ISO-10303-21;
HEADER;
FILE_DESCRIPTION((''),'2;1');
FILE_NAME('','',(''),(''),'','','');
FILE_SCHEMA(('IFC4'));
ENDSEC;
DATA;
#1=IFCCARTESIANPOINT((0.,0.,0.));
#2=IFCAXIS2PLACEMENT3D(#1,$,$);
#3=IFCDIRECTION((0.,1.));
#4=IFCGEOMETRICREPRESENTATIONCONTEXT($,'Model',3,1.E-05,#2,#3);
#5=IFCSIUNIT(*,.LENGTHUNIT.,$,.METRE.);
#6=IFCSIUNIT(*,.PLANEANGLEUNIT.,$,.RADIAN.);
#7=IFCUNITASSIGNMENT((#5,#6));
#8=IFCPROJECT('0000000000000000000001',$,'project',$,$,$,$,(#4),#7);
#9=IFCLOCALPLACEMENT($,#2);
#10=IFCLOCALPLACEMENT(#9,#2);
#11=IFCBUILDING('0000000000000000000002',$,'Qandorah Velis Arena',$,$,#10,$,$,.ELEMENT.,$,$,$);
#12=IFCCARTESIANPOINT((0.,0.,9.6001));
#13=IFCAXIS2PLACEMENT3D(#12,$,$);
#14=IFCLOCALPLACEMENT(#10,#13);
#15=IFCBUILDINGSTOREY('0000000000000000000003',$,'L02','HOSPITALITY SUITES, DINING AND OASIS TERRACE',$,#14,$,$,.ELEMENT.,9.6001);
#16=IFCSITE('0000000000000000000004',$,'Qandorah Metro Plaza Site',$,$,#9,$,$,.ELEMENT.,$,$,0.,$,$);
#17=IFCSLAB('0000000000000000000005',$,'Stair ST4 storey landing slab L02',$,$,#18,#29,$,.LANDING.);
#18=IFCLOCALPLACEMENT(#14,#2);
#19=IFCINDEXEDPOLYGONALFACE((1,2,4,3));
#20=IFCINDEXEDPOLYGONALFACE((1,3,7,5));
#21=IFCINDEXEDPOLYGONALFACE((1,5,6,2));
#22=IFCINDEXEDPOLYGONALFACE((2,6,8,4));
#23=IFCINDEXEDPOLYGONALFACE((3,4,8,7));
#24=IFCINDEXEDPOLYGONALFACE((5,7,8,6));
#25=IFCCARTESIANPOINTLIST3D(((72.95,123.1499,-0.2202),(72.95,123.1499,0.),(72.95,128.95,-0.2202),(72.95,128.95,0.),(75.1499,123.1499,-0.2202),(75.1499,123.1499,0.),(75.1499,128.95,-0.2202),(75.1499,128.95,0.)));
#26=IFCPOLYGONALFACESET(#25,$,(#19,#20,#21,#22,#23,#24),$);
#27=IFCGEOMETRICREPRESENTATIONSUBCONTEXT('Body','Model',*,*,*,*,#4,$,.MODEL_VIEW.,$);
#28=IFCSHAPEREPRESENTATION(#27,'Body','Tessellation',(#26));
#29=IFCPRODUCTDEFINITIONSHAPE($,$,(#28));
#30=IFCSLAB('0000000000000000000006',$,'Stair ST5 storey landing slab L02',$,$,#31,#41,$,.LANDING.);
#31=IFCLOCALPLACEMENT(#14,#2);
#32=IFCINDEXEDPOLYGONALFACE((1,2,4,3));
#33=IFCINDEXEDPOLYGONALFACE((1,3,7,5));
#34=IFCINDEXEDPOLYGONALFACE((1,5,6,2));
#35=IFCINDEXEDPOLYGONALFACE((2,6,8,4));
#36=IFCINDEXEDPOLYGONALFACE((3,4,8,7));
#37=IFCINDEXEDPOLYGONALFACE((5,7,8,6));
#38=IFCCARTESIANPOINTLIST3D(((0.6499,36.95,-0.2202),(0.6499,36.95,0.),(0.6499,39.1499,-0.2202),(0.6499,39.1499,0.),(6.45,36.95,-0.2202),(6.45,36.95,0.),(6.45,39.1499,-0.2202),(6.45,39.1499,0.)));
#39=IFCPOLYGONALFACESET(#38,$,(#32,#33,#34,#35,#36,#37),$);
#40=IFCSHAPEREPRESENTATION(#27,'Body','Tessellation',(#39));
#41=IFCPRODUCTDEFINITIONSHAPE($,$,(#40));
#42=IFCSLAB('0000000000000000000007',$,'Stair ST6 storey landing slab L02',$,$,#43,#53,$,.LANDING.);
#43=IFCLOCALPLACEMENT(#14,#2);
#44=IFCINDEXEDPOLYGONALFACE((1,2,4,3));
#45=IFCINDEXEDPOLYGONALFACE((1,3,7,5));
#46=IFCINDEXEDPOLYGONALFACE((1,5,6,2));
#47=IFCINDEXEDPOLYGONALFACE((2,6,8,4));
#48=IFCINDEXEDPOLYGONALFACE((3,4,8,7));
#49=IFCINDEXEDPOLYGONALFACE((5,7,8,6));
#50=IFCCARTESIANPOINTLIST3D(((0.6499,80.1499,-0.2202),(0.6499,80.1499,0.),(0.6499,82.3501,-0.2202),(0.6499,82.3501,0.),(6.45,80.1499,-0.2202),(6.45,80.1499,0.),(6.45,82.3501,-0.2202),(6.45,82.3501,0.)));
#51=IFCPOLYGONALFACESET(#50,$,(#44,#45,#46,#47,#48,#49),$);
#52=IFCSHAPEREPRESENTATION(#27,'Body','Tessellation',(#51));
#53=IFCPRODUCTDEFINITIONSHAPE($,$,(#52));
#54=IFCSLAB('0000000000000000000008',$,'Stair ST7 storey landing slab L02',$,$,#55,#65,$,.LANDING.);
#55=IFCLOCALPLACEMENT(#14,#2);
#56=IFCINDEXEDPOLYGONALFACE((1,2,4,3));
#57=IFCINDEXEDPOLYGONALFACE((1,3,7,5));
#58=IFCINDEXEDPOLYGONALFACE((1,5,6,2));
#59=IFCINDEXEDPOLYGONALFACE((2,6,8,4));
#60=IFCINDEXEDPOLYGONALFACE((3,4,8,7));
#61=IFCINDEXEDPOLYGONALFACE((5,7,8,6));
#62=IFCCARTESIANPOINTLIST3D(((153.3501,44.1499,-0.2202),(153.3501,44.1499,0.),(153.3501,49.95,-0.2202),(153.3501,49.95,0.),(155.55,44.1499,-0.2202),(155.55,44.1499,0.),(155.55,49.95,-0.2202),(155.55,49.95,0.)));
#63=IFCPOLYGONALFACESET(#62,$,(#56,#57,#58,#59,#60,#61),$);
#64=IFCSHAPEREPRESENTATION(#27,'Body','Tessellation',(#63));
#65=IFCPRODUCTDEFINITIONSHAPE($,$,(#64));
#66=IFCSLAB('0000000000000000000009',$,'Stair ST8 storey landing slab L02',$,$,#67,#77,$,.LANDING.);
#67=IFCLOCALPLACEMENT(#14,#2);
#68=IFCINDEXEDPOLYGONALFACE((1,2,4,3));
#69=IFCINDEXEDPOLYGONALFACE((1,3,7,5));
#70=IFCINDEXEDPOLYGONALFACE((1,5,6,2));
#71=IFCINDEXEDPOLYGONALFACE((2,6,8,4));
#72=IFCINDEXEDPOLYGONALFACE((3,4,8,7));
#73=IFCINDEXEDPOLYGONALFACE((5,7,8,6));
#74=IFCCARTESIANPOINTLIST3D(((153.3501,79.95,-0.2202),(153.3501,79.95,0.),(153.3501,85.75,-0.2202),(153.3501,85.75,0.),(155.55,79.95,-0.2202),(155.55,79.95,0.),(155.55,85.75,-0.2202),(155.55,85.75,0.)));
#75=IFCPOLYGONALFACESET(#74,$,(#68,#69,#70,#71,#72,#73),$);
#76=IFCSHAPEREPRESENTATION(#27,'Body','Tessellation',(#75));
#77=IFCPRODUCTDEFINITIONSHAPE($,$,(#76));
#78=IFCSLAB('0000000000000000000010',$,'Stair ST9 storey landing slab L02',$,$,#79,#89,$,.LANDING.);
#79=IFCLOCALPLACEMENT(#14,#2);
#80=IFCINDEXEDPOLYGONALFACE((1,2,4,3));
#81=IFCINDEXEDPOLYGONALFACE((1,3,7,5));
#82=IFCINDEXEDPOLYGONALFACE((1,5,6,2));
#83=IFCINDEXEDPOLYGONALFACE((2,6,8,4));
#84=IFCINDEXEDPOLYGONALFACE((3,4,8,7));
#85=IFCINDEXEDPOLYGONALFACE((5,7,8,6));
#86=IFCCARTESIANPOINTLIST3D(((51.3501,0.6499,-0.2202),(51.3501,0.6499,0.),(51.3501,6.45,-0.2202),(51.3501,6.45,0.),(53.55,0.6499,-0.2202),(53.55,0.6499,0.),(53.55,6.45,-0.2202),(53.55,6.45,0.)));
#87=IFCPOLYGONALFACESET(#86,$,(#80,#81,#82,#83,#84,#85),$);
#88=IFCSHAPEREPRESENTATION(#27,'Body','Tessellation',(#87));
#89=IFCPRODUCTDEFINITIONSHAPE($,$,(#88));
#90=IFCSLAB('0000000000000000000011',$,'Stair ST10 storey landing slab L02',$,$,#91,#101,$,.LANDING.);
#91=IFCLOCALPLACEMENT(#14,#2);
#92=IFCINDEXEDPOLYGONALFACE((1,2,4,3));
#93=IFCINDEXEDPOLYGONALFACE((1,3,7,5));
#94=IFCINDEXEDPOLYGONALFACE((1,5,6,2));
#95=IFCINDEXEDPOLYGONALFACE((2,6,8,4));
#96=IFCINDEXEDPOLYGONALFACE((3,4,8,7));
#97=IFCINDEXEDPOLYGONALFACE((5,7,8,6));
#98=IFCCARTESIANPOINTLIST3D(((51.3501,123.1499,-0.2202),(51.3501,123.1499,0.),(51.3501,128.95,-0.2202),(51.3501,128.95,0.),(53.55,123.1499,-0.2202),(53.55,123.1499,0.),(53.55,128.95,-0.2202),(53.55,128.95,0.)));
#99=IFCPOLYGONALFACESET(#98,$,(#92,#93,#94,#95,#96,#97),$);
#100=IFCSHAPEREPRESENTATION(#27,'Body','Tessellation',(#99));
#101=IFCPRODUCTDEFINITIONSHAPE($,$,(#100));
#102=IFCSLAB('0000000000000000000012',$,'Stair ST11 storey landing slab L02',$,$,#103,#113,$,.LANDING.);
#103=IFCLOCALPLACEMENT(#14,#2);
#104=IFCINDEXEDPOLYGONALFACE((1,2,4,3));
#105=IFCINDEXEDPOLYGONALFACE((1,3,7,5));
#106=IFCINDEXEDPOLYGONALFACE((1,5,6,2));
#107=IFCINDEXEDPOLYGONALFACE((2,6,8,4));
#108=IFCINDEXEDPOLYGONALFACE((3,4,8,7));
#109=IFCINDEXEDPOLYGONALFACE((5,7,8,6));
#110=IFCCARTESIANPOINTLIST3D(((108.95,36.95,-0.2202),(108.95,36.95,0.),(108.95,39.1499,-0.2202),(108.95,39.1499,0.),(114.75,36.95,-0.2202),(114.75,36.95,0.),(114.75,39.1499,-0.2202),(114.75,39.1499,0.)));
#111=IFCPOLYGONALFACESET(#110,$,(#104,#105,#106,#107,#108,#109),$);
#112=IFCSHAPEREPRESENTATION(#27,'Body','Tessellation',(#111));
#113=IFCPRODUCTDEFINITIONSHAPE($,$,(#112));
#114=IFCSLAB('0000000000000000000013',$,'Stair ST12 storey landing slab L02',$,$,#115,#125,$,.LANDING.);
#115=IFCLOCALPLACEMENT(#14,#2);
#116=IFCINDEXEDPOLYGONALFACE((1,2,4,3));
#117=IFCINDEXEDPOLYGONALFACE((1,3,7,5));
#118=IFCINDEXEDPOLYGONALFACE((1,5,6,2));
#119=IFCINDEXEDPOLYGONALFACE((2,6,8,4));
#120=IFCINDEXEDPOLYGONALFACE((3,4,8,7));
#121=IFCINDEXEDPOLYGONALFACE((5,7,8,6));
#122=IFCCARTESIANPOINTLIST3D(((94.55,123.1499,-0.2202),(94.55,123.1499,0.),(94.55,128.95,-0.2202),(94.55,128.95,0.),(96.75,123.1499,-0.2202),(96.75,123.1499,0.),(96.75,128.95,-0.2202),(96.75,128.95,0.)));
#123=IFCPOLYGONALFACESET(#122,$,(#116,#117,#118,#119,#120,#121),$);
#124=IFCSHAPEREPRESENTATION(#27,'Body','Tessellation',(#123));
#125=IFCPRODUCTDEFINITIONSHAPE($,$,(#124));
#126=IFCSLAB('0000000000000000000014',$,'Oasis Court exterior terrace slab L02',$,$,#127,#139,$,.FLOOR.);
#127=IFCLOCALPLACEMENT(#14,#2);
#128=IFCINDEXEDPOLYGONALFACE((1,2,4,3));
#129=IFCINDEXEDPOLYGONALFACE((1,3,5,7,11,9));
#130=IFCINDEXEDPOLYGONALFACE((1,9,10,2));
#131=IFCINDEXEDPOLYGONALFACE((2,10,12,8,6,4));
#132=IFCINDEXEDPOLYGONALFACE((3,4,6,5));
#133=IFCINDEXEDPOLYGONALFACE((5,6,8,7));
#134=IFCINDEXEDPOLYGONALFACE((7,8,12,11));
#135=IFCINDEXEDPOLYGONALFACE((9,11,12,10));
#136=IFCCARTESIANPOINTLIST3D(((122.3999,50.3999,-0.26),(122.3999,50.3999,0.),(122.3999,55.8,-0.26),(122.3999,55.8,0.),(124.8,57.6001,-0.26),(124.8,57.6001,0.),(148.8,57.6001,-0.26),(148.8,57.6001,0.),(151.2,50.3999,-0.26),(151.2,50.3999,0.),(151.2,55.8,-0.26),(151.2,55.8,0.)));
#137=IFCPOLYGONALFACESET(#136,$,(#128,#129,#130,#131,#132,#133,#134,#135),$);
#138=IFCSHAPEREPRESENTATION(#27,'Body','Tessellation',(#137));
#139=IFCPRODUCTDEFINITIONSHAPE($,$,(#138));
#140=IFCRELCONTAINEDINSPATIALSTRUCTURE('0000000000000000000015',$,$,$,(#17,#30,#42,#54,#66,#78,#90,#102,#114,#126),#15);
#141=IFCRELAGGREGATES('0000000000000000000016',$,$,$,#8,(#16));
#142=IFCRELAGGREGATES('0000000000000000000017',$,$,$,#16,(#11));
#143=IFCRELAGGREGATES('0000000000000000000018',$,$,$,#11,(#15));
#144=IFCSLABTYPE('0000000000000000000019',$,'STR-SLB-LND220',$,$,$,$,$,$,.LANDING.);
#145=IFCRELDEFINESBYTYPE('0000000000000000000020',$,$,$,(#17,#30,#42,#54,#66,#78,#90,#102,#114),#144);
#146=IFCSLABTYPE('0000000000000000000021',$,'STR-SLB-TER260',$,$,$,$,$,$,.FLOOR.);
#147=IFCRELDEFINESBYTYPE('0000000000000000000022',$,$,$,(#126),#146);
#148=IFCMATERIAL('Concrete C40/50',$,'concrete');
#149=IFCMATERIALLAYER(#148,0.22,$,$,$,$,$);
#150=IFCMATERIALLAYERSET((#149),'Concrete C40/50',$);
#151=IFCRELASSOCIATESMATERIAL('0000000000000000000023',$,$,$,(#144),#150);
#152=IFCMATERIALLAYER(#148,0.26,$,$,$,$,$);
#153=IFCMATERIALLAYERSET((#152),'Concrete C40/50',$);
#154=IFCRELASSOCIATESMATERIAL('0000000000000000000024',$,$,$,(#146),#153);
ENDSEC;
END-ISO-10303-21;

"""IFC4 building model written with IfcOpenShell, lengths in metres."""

from ifc_helpers import new_model, si_unit, direction, frame, origin, place, context, subcontext, project, spatial, polyline, outline, extrude, material, layer, layer_set, type_object, element, save


model = new_model("IFC4")

# Units and contexts
model_context = context("Model", 3, precision=1e-05, world=origin(), true_north=direction((0.0, 1.0)))
body_context = subcontext(model_context, "Body", "Model", "MODEL_VIEW")
ifc_project = project(units=[si_unit("LENGTHUNIT", "METRE"), si_unit("PLANEANGLEUNIT", "RADIAN")], contexts=[model_context])

# Site, building, storey
site_placement = place(None, origin())
site = spatial("IfcSite", under=ifc_project, at=site_placement, Name="Qandorah Metro Plaza Site", CompositionType="ELEMENT", RefElevation=0.0)
building_placement = place(site_placement, origin())
building = spatial("IfcBuilding", under=site, at=building_placement, Name="Qandorah Velis Arena", CompositionType="ELEMENT")
storey_placement = place(building_placement, frame((0.0, 0.0, 9.6001)))
storey = spatial("IfcBuildingStorey", under=building, at=storey_placement, Name="L02", Description="HOSPITALITY SUITES, DINING AND OASIS TERRACE", CompositionType="ELEMENT", Elevation=9.6001)

# Slabs
ifc_material = material(Name="Concrete C40/50", Category="concrete")
ifc_layer_1 = layer(ifc_material, 0.22)
ifc_layer_set_1 = layer_set([ifc_layer_1], Name="Concrete C40/50")
slab_type_1 = type_object("IfcSlabType", Name="STR-SLB-LND220", PredefinedType="LANDING", material=ifc_layer_set_1)
slab_1_placement = place(storey_placement, frame((0.0, 0.0, -0.2202)))
element("IfcSlab", 1, at=slab_1_placement, inside=storey, type_object=slab_type_1, Name="Stair ST4 storey landing slab L02", PredefinedType="LANDING", context=body_context, shape_type="SweptSolid", body=[
    extrude(outline(polyline([(72.95, 123.1499), (75.1499, 123.1499), (75.1499, 128.95), (72.95, 128.95), (72.95, 123.1499)])), origin(), (0.0, 0.0, 1.0), 0.2202),
])
slab_2_placement = place(storey_placement, frame((0.0, 0.0, -0.2202)))
element("IfcSlab", 2, at=slab_2_placement, inside=storey, type_object=slab_type_1, Name="Stair ST5 storey landing slab L02", PredefinedType="LANDING", context=body_context, shape_type="SweptSolid", body=[
    extrude(outline(polyline([(0.6499, 36.95), (6.45, 36.95), (6.45, 39.1499), (0.6499, 39.1499), (0.6499, 36.95)])), origin(), (0.0, 0.0, 1.0), 0.2202),
])
slab_3_placement = place(storey_placement, frame((0.0, 0.0, -0.2202)))
element("IfcSlab", 3, at=slab_3_placement, inside=storey, type_object=slab_type_1, Name="Stair ST6 storey landing slab L02", PredefinedType="LANDING", context=body_context, shape_type="SweptSolid", body=[
    extrude(outline(polyline([(0.6499, 80.1499), (6.45, 80.1499), (6.45, 82.3501), (0.6499, 82.3501), (0.6499, 80.1499)])), origin(), (0.0, 0.0, 1.0), 0.2202),
])
slab_4_placement = place(storey_placement, frame((0.0, 0.0, -0.2202)))
element("IfcSlab", 4, at=slab_4_placement, inside=storey, type_object=slab_type_1, Name="Stair ST7 storey landing slab L02", PredefinedType="LANDING", context=body_context, shape_type="SweptSolid", body=[
    extrude(outline(polyline([(153.3501, 44.1499), (155.55, 44.1499), (155.55, 49.95), (153.3501, 49.95), (153.3501, 44.1499)])), origin(), (0.0, 0.0, 1.0), 0.2202),
])
slab_5_placement = place(storey_placement, frame((0.0, 0.0, -0.2202)))
element("IfcSlab", 5, at=slab_5_placement, inside=storey, type_object=slab_type_1, Name="Stair ST8 storey landing slab L02", PredefinedType="LANDING", context=body_context, shape_type="SweptSolid", body=[
    extrude(outline(polyline([(153.3501, 79.95), (155.55, 79.95), (155.55, 85.75), (153.3501, 85.75), (153.3501, 79.95)])), origin(), (0.0, 0.0, 1.0), 0.2202),
])
slab_6_placement = place(storey_placement, frame((0.0, 0.0, -0.2202)))
element("IfcSlab", 6, at=slab_6_placement, inside=storey, type_object=slab_type_1, Name="Stair ST9 storey landing slab L02", PredefinedType="LANDING", context=body_context, shape_type="SweptSolid", body=[
    extrude(outline(polyline([(51.3501, 0.6499), (53.55, 0.6499), (53.55, 6.45), (51.3501, 6.45), (51.3501, 0.6499)])), origin(), (0.0, 0.0, 1.0), 0.2202),
])
slab_7_placement = place(storey_placement, frame((0.0, 0.0, -0.2202)))
element("IfcSlab", 7, at=slab_7_placement, inside=storey, type_object=slab_type_1, Name="Stair ST10 storey landing slab L02", PredefinedType="LANDING", context=body_context, shape_type="SweptSolid", body=[
    extrude(outline(polyline([(51.3501, 123.1499), (53.55, 123.1499), (53.55, 128.95), (51.3501, 128.95), (51.3501, 123.1499)])), origin(), (0.0, 0.0, 1.0), 0.2202),
])
slab_8_placement = place(storey_placement, frame((0.0, 0.0, -0.2202)))
element("IfcSlab", 8, at=slab_8_placement, inside=storey, type_object=slab_type_1, Name="Stair ST11 storey landing slab L02", PredefinedType="LANDING", context=body_context, shape_type="SweptSolid", body=[
    extrude(outline(polyline([(108.95, 36.95), (114.75, 36.95), (114.75, 39.1499), (108.95, 39.1499), (108.95, 36.95)])), origin(), (0.0, 0.0, 1.0), 0.2202),
])
slab_9_placement = place(storey_placement, frame((0.0, 0.0, -0.2202)))
element("IfcSlab", 9, at=slab_9_placement, inside=storey, type_object=slab_type_1, Name="Stair ST12 storey landing slab L02", PredefinedType="LANDING", context=body_context, shape_type="SweptSolid", body=[
    extrude(outline(polyline([(94.55, 123.1499), (96.75, 123.1499), (96.75, 128.95), (94.55, 128.95), (94.55, 123.1499)])), origin(), (0.0, 0.0, 1.0), 0.2202),
])
ifc_layer_2 = layer(ifc_material, 0.26)
ifc_layer_set_2 = layer_set([ifc_layer_2], Name="Concrete C40/50")
slab_type_2 = type_object("IfcSlabType", Name="STR-SLB-TER260", PredefinedType="FLOOR", material=ifc_layer_set_2)
slab_10_placement = place(storey_placement, frame((0.0, 0.0, -0.26)))
element("IfcSlab", 10, at=slab_10_placement, inside=storey, type_object=slab_type_2, Name="Oasis Court exterior terrace slab L02", PredefinedType="FLOOR", context=body_context, shape_type="SweptSolid", body=[
    extrude(outline(polyline([(122.3999, 50.3999), (151.2, 50.3999), (151.2, 55.8), (148.8, 57.6001), (124.8, 57.6001), (122.3999, 55.8), (122.3999, 50.3999)])), origin(), (0.0, 0.0, 1.0), 0.26),
])

save(model, "model.ifc")
